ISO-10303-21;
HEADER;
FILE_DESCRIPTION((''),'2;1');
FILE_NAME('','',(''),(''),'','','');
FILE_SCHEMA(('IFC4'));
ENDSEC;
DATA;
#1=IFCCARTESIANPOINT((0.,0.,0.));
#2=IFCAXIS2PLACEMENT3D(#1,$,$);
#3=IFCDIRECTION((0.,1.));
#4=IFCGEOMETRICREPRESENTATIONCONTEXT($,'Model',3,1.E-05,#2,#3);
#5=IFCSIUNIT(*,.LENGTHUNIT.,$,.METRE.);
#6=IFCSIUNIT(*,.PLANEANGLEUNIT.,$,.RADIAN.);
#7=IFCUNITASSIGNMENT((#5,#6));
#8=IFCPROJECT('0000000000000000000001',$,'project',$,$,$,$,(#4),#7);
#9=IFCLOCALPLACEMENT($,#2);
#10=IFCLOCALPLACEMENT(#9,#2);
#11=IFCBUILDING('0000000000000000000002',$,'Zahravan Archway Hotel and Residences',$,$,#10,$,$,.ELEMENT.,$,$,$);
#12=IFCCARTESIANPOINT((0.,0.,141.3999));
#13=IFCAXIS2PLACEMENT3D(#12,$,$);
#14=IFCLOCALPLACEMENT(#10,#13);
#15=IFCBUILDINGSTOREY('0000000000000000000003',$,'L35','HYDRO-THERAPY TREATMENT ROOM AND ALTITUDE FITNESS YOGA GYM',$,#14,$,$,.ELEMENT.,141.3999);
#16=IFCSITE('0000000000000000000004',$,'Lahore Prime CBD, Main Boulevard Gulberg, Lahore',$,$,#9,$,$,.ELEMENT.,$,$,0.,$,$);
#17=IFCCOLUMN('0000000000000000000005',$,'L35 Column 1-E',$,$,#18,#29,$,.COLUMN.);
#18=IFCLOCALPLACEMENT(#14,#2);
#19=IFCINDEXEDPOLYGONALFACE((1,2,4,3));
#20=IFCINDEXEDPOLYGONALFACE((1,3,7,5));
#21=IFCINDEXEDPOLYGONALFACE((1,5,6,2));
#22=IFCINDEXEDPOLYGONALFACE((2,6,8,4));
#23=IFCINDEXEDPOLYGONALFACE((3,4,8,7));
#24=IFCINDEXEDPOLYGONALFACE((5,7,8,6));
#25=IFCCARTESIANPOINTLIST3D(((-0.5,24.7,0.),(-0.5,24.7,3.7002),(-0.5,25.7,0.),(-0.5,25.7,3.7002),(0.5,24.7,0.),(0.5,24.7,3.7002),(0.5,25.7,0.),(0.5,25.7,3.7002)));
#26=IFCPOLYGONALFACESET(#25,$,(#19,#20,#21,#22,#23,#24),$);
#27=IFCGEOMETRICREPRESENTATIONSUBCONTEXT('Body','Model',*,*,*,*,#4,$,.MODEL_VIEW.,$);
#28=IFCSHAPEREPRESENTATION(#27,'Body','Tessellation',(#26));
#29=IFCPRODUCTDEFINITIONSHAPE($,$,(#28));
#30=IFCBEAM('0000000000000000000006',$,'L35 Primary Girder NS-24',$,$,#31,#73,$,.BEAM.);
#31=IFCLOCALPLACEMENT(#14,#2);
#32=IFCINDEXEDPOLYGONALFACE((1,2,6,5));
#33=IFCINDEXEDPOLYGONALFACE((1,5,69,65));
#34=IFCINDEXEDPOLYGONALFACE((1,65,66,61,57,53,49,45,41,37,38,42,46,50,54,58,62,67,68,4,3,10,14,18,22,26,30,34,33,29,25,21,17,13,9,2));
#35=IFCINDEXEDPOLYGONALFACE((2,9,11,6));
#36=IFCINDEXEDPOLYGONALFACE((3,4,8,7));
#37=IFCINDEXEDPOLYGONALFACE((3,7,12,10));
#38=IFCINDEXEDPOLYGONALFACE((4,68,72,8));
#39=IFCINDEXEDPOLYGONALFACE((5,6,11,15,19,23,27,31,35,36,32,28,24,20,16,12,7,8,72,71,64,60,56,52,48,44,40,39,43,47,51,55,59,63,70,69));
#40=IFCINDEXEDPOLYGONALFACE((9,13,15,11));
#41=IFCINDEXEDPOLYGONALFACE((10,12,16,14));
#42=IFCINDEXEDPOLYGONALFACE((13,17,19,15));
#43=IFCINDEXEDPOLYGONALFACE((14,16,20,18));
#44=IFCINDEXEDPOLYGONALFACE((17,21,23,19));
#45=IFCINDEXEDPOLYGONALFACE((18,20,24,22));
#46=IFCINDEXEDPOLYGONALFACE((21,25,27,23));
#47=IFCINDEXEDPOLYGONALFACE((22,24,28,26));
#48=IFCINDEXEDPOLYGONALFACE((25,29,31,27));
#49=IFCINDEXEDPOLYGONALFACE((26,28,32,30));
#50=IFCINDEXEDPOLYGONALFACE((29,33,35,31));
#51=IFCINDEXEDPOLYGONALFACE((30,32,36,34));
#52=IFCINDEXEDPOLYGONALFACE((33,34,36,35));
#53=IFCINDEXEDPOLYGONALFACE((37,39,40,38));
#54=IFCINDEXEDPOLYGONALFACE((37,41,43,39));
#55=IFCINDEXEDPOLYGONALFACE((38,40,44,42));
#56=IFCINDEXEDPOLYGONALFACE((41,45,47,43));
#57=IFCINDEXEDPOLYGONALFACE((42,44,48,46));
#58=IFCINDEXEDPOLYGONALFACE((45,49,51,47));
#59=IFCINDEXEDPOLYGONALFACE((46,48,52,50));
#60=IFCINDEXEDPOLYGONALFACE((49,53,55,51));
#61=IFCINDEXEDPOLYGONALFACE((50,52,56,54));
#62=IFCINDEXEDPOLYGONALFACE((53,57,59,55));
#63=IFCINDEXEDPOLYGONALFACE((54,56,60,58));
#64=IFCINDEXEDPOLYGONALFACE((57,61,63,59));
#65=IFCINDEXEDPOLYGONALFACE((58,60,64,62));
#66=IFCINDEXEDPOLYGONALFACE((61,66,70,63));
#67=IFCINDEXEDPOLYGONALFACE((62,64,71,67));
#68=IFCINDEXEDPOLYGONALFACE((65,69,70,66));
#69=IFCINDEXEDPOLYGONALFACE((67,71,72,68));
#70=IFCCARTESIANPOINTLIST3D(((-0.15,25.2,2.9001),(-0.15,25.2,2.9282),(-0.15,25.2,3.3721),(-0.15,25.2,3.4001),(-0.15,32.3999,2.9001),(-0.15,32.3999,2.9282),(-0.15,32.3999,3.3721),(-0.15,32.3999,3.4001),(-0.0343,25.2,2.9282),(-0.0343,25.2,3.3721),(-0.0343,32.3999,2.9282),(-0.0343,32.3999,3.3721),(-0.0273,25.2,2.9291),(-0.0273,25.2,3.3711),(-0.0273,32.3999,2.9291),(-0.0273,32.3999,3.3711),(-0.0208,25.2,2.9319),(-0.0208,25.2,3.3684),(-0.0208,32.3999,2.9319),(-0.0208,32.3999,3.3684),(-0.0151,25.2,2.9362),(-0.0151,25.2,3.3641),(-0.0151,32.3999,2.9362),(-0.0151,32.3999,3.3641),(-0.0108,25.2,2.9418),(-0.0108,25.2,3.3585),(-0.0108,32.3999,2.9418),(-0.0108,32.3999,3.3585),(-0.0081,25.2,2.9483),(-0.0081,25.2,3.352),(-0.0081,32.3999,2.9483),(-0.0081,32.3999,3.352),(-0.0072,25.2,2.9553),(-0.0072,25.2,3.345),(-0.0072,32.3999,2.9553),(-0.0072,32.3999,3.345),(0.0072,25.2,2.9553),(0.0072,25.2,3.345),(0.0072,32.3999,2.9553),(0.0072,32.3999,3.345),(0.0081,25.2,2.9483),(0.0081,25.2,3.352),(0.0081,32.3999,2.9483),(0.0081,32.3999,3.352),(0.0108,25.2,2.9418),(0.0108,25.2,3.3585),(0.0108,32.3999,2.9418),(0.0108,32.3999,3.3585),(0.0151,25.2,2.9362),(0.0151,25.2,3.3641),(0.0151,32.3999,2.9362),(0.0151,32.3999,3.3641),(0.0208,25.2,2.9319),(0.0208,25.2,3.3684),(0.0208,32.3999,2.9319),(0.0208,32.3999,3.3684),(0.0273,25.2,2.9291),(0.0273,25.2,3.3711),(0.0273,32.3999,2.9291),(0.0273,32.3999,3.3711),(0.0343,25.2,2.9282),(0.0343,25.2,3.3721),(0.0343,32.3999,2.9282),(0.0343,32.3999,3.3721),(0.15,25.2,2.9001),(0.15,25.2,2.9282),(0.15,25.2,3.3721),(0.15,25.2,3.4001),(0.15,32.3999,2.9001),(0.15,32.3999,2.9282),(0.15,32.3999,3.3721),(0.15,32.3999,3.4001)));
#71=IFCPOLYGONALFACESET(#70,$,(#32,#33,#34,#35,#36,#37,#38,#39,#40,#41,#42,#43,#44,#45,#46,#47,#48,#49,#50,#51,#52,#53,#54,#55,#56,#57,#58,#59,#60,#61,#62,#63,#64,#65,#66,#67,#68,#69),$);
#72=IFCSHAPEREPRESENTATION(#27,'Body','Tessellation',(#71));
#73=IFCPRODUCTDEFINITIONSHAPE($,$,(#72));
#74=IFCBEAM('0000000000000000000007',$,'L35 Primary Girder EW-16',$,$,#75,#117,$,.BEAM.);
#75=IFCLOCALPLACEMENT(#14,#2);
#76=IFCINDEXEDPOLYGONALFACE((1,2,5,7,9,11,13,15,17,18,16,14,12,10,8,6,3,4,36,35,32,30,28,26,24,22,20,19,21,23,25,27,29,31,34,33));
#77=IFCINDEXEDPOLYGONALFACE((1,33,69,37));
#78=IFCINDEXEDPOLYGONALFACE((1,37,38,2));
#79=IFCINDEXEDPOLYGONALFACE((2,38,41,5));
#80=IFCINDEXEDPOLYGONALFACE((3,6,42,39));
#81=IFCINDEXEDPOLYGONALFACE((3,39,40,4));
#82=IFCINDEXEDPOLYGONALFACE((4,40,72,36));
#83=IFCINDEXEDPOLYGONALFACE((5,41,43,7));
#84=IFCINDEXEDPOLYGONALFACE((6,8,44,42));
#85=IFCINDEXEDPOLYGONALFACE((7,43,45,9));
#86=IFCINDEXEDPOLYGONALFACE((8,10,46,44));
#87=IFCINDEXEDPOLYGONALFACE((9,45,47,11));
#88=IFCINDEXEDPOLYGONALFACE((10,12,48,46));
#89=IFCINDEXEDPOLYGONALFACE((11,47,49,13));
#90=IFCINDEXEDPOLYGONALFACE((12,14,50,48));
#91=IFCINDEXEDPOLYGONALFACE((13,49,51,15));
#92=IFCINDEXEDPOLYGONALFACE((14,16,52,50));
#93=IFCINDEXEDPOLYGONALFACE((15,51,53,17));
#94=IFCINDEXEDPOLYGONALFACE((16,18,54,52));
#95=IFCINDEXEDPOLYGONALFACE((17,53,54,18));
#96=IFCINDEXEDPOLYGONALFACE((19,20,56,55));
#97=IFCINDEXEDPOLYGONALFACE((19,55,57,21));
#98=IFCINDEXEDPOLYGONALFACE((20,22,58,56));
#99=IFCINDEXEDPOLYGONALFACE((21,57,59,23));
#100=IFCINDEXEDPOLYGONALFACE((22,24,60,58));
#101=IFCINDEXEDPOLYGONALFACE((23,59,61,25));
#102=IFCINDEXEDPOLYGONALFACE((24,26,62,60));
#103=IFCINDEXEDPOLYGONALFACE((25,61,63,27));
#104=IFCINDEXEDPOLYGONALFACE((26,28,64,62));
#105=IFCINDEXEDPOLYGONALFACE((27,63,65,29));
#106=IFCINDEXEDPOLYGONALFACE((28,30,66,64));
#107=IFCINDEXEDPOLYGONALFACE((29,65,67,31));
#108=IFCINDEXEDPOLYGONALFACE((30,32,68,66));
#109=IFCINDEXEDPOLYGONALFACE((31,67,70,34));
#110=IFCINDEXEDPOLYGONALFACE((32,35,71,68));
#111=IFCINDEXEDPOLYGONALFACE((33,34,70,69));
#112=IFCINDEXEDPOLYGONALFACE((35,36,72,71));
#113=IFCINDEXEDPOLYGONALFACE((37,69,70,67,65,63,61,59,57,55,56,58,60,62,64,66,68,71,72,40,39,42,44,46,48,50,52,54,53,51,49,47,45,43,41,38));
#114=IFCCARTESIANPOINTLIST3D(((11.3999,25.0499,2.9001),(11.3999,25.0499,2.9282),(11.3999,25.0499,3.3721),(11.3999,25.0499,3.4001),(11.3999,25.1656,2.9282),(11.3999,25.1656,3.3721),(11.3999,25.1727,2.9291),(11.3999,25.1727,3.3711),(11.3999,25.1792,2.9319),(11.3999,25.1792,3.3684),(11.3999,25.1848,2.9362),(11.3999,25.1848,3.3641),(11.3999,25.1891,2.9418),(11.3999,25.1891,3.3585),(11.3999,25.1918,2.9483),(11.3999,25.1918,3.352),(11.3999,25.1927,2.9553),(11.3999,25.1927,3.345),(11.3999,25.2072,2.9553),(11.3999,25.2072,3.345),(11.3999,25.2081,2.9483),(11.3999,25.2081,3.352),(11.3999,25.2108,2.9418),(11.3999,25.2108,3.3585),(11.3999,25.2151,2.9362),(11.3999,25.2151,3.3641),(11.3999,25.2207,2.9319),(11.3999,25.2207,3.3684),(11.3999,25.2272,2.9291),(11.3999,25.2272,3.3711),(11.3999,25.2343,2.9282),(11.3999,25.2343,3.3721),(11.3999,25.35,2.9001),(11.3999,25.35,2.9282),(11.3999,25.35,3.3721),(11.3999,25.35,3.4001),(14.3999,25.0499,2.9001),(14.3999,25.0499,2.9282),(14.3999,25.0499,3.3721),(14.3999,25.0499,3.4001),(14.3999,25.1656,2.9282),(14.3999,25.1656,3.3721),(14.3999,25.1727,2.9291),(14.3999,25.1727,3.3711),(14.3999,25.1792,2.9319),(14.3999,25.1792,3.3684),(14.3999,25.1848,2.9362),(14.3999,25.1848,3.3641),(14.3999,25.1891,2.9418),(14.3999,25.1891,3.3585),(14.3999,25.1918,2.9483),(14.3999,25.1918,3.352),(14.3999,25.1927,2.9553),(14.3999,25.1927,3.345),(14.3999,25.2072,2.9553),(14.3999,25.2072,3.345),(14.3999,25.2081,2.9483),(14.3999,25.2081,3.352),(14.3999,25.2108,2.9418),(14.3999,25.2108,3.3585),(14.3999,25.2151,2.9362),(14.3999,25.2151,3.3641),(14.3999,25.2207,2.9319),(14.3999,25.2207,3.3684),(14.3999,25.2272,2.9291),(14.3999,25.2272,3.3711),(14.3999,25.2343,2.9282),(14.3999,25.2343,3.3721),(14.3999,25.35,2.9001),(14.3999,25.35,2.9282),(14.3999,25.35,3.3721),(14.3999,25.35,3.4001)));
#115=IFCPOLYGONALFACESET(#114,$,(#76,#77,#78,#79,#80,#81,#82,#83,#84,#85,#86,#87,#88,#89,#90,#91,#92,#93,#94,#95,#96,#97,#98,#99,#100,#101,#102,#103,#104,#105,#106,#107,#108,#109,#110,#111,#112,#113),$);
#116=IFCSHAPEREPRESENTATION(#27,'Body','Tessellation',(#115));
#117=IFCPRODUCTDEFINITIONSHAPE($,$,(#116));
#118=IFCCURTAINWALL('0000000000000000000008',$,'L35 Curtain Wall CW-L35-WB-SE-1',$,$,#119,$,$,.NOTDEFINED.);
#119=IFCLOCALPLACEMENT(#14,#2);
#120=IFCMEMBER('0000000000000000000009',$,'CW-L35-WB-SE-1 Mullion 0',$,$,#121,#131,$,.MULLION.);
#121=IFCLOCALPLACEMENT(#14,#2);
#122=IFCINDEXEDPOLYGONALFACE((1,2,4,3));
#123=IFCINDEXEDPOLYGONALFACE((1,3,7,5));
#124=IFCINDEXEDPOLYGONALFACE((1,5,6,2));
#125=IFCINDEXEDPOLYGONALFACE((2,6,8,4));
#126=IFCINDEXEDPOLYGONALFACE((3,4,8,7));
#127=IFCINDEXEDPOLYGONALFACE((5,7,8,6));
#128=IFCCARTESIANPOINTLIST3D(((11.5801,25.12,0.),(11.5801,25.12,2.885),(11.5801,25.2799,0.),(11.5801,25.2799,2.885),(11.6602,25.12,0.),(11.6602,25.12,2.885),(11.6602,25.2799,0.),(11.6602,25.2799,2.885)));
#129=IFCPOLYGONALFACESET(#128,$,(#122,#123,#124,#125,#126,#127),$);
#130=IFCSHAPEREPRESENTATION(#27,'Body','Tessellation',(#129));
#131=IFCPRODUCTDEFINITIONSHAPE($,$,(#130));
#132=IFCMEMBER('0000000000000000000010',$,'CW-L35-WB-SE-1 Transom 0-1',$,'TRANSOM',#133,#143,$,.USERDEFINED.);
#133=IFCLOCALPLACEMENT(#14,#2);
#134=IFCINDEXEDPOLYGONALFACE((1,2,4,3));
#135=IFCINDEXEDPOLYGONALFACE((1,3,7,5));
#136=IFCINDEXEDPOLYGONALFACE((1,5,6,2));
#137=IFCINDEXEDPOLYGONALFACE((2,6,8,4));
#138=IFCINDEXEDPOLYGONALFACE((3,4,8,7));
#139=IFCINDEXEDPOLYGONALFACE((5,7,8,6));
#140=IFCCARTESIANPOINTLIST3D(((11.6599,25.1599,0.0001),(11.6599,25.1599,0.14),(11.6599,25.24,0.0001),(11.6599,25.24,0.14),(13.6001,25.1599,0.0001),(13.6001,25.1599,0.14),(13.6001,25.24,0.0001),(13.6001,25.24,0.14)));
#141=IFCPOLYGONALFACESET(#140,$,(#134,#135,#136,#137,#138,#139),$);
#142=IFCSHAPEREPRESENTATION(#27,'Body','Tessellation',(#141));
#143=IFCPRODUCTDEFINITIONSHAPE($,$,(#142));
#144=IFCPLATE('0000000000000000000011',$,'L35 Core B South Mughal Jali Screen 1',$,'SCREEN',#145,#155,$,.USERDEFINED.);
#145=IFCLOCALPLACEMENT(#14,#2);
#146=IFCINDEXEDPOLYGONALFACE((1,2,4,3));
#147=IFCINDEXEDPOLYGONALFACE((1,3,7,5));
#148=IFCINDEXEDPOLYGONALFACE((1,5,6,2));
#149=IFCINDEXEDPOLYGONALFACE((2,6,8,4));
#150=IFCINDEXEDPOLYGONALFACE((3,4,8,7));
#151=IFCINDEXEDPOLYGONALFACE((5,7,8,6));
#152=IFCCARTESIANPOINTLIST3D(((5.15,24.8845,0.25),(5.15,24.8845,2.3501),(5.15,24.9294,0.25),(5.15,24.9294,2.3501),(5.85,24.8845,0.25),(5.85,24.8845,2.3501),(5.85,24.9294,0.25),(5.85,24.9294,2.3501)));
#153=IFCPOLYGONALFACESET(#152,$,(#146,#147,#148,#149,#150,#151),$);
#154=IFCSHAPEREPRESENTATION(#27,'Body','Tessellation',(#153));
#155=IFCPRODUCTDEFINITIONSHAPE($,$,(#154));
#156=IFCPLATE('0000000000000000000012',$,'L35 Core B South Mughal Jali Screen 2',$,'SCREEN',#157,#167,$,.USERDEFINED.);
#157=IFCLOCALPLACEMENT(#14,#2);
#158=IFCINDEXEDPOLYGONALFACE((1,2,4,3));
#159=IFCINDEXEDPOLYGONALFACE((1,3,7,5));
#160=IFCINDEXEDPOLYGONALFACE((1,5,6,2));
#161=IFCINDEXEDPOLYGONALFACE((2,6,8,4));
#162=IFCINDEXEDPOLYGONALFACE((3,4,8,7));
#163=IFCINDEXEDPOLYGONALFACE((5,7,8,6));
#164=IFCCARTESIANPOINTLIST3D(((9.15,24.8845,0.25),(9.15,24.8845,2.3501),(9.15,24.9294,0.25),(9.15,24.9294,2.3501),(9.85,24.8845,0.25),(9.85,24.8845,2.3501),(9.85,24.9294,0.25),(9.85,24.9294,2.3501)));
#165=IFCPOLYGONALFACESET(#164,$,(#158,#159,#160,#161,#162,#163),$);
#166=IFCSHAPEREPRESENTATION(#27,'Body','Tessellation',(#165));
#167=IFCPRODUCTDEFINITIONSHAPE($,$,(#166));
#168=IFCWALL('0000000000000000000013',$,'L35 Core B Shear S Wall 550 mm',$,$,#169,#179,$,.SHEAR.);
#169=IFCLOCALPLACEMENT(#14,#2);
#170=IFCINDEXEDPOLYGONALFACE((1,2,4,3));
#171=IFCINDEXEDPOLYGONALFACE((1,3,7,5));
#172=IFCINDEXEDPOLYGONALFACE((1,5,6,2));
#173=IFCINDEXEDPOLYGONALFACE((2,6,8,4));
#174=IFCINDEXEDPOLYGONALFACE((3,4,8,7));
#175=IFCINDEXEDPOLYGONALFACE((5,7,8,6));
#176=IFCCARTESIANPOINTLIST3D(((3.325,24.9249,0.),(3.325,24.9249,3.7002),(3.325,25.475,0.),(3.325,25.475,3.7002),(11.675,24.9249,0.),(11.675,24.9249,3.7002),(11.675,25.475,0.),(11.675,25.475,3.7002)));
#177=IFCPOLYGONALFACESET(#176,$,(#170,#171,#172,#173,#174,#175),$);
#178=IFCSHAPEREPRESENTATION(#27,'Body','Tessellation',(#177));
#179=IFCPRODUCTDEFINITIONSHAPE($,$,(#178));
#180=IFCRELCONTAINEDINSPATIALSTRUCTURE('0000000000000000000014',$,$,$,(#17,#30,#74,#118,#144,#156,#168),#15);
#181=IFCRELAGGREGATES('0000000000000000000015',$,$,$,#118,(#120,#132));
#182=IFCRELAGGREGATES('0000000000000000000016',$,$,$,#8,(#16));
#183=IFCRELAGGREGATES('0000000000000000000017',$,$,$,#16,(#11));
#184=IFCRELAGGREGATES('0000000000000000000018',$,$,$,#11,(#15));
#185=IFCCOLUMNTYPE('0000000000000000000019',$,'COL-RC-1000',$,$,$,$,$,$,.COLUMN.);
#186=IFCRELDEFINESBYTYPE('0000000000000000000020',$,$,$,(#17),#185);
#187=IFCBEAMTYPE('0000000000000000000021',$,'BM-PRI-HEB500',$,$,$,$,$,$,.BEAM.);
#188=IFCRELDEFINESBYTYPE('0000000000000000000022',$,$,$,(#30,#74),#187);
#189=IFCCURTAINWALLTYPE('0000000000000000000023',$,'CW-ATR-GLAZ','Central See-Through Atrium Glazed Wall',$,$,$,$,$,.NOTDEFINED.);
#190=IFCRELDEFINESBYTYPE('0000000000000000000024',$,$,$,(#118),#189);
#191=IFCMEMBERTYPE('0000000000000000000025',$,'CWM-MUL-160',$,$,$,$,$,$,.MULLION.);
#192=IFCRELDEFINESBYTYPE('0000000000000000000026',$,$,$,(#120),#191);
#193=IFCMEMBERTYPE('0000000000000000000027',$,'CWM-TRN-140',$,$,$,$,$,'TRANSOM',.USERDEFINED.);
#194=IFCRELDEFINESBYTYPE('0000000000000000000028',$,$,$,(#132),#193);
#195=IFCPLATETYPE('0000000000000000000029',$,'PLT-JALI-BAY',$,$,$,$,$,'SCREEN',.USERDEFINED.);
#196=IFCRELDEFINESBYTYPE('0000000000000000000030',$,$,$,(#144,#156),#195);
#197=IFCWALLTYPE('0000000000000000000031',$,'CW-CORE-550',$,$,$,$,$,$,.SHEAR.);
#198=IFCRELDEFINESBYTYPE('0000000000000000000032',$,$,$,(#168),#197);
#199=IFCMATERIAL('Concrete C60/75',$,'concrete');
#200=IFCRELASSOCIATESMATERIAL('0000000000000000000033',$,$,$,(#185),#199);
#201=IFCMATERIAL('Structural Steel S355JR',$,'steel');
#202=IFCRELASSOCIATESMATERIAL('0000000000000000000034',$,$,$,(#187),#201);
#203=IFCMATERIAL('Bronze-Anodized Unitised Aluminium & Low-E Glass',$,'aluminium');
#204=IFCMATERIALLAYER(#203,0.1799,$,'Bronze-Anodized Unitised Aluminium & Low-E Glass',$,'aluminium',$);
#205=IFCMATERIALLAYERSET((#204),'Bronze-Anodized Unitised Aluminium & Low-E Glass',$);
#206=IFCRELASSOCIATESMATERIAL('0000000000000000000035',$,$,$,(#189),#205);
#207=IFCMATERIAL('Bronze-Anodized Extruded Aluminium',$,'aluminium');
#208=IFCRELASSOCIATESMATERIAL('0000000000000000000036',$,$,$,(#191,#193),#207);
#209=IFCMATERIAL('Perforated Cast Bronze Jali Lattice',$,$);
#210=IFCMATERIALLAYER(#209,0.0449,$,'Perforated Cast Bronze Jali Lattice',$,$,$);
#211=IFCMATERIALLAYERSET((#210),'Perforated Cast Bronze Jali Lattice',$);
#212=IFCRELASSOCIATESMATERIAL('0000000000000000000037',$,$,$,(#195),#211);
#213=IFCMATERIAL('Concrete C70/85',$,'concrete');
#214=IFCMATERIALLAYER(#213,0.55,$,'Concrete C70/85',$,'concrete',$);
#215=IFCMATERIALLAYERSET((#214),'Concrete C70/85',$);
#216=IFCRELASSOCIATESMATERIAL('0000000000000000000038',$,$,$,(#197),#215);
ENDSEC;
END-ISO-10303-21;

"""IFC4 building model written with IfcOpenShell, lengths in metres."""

from ifc_helpers import new_model, si_unit, direction, frame, frame_2d, origin, origin_2d, place, context, subcontext, project, spatial, rectangle, i_section, extrude, source, transform, mapped, material, layer, layer_set, material_profile, profile_set, type_object, type_shapes, element, aggregate, save


model = new_model("IFC4")

# Units and contexts
model_context = context("Model", 3, precision=1e-05, world=origin(), true_north=direction((0.0, 1.0)))
body_context = subcontext(model_context, "Body", "Model", "MODEL_VIEW")
ifc_project = project(units=[si_unit("LENGTHUNIT", "METRE"), si_unit("PLANEANGLEUNIT", "RADIAN")], contexts=[model_context])

# Site, building, storey
site_placement = place(None, origin())
site = spatial("IfcSite", under=ifc_project, at=site_placement, Name="Lahore Prime CBD, Main Boulevard Gulberg, Lahore", CompositionType="ELEMENT", RefElevation=0.0)
building_placement = place(site_placement, origin())
building = spatial("IfcBuilding", under=site, at=building_placement, Name="Zahravan Archway Hotel and Residences", CompositionType="ELEMENT")
storey_placement = place(building_placement, frame((0.0, 0.0, 141.3999)))
storey = spatial("IfcBuildingStorey", under=building, at=storey_placement, Name="L35", Description="HYDRO-THERAPY TREATMENT ROOM AND ALTITUDE FITNESS YOGA GYM", CompositionType="ELEMENT", Elevation=141.3999)

# Column
ifc_material_1 = material(Name="Concrete C60/75", Category="concrete")
ifc_material_profile_1 = material_profile(ifc_material_1, rectangle(XDim=1.0, YDim=1.0, at=origin_2d()), Name="RC-COL-1000x1000", Category="concrete")
ifc_profile_set_1 = profile_set([ifc_material_profile_1], Name="Concrete C60/75")
column_type = type_object("IfcColumnType", Name="COL-RC-1000", PredefinedType="COLUMN", material=ifc_profile_set_1)
shared_shape_1 = source(origin(), body_context, "Body", "SweptSolid", [
    extrude(rectangle(XDim=1.0, YDim=1.0, at=origin_2d()), origin(), (0.0, 0.0, 1.0), 3.7002),
])
column_placement = place(storey_placement, frame((0.0, 25.2, 0.0), z_axis=(0.0, 0.0, 1.0), x_axis=(1.0, 0.0, 0.0)))
element("IfcColumn", 1, at=column_placement, inside=storey, type_object=column_type, Name="L35 Column 1-E", PredefinedType="COLUMN", context=body_context, shape_type="MappedRepresentation", body=[
    mapped(shared_shape_1, transform((0.0, 0.0, 0.0), scale=1.0)),
])

# Beams
ifc_material_2 = material(Name="Structural Steel S355JR", Category="steel")
ifc_material_profile_2 = material_profile(ifc_material_2, i_section(OverallWidth=0.3, OverallDepth=0.5, WebThickness=0.0144, FlangeThickness=0.0281, FilletRadius=0.0271, at=origin_2d()), Name="HEB 500", Category="steel")
ifc_profile_set_2 = profile_set([ifc_material_profile_2], Name="Structural Steel S355JR")
beam_type = type_object("IfcBeamType", Name="BM-PRI-HEB500", PredefinedType="BEAM", material=ifc_profile_set_2)
shared_shape_2 = source(origin(), body_context, "Body", "SweptSolid", [
    extrude(i_section(OverallWidth=0.3, OverallDepth=0.5, WebThickness=0.0144, FlangeThickness=0.0281, FilletRadius=0.0271, at=origin_2d()), origin(), (0.0, 0.0, 1.0), 7.2),
])
beam_1_placement = place(storey_placement, frame((0.0, 25.2, 3.1501), z_axis=(0.0, 1.0, 0.0), x_axis=(-1.0, 0.0, 0.0)))
element("IfcBeam", 2, at=beam_1_placement, inside=storey, type_object=beam_type, Name="L35 Primary Girder NS-24", PredefinedType="BEAM", context=body_context, shape_type="MappedRepresentation", body=[
    mapped(shared_shape_2, transform((0.0, 0.0, 0.0), scale=1.0)),
])
shared_shape_3 = source(origin(), body_context, "Body", "SweptSolid", [
    extrude(i_section(OverallWidth=0.3, OverallDepth=0.5, WebThickness=0.0144, FlangeThickness=0.0281, FilletRadius=0.0271, at=origin_2d()), origin(), (0.0, 0.0, 1.0), 3.0),
])
beam_2_placement = place(storey_placement, frame((11.3999, 25.2, 3.1501), z_axis=(1.0, 0.0, 0.0), x_axis=(0.0, 1.0, 0.0)))
element("IfcBeam", 3, at=beam_2_placement, inside=storey, type_object=beam_type, Name="L35 Primary Girder EW-16", PredefinedType="BEAM", context=body_context, shape_type="MappedRepresentation", body=[
    mapped(shared_shape_3, transform((0.0, 0.0, 0.0), scale=1.0)),
])

# Curtain wall, members
ifc_material_3 = material(Name="Bronze-Anodized Unitised Aluminium & Low-E Glass", Category="aluminium")
ifc_layer_1 = layer(ifc_material_3, 0.1799, Name="Bronze-Anodized Unitised Aluminium & Low-E Glass", Category="aluminium")
ifc_layer_set_1 = layer_set([ifc_layer_1], Name="Bronze-Anodized Unitised Aluminium & Low-E Glass")
curtain_wall_type = type_object("IfcCurtainWallType", Name="CW-ATR-GLAZ", Description="Central See-Through Atrium Glazed Wall", PredefinedType="NOTDEFINED", material=ifc_layer_set_1)
curtain_wall_placement = place(storey_placement, origin())
curtain_wall = element("IfcCurtainWall", 4, at=curtain_wall_placement, inside=storey, type_object=curtain_wall_type, Name="L35 Curtain Wall CW-L35-WB-SE-1", PredefinedType="NOTDEFINED")
ifc_material_4 = material(Name="Bronze-Anodized Extruded Aluminium", Category="aluminium")
ifc_material_profile_3 = material_profile(ifc_material_4, rectangle(XDim=0.0801, YDim=0.1599, at=origin_2d()), Name="MUL 80x160", Category="aluminium")
ifc_profile_set_3 = profile_set([ifc_material_profile_3], Name="Bronze-Anodized Extruded Aluminium")
member_type_1 = type_object("IfcMemberType", Name="CWM-MUL-160", PredefinedType="MULLION", material=ifc_profile_set_3)
shared_shape_4 = source(origin(), body_context, "Body", "SweptSolid", [
    extrude(rectangle(XDim=0.0801, YDim=0.1599, at=origin_2d()), origin(), (0.0, 0.0, 1.0), 2.885),
])
member_1_placement = place(storey_placement, frame((11.6201, 25.2, 0.0), z_axis=(0.0, 0.0, 1.0), x_axis=(1.0, 0.0, 0.0)))
member_1 = element("IfcMember", 5, at=member_1_placement, type_object=member_type_1, Name="CW-L35-WB-SE-1 Mullion 0", PredefinedType="MULLION", context=body_context, shape_type="MappedRepresentation", body=[
    mapped(shared_shape_4, transform((0.0, 0.0, 0.0), scale=1.0)),
])
ifc_material_profile_4 = material_profile(ifc_material_4, rectangle(XDim=0.0801, YDim=0.1399, at=origin_2d()), Name="TRN 80x140", Category="aluminium")
ifc_profile_set_4 = profile_set([ifc_material_profile_4], Name="Bronze-Anodized Extruded Aluminium")
member_type_2 = type_object("IfcMemberType", Name="CWM-TRN-140", ElementType="TRANSOM", PredefinedType="USERDEFINED", material=ifc_profile_set_4)
shared_shape_5 = source(origin(), body_context, "Body", "SweptSolid", [
    extrude(rectangle(XDim=0.0801, YDim=0.1399, at=origin_2d()), origin(), (0.0, 0.0, 1.0), 1.9402),
])
member_2_placement = place(storey_placement, frame((11.6599, 25.2, 0.0701), z_axis=(1.0, 0.0, 0.0), x_axis=(0.0, 1.0, 0.0)))
member_2 = element("IfcMember", 6, at=member_2_placement, type_object=member_type_2, Name="CW-L35-WB-SE-1 Transom 0-1", ObjectType="TRANSOM", PredefinedType="USERDEFINED", context=body_context, shape_type="MappedRepresentation", body=[
    mapped(shared_shape_5, transform((0.0, 0.0, 0.0), scale=1.0)),
])
aggregate(curtain_wall, [member_1, member_2])

# Plates
ifc_material_5 = material(Name="Perforated Cast Bronze Jali Lattice")
ifc_layer_2 = layer(ifc_material_5, 0.0449, Name="Perforated Cast Bronze Jali Lattice")
ifc_layer_set_2 = layer_set([ifc_layer_2], Name="Perforated Cast Bronze Jali Lattice")
plate_type = type_object("IfcPlateType", Name="PLT-JALI-BAY", ElementType="SCREEN", PredefinedType="USERDEFINED", material=ifc_layer_set_2)
shared_shape_6 = source(origin(), body_context, "Body", "SweptSolid", [
    extrude(rectangle(XDim=0.7, YDim=0.0449, at=origin_2d()), origin(), (0.0, 0.0, 1.0), 2.1001),
])
type_shapes(plate_type, [shared_shape_6])
for number, where, z_axis, x_axis, name in (
    (7, (5.5, 24.907, 0.25), (0.0, 0.0, 1.0), (1.0, 0.0, 0.0), "L35 Core B South Mughal Jali Screen 1"),
    (8, (9.5, 24.907, 0.25), (0.0, 0.0, 1.0), (1.0, 0.0, 0.0), "L35 Core B South Mughal Jali Screen 2"),
):
    element("IfcPlate", number, at=place(storey_placement, frame(where, z_axis=z_axis, x_axis=x_axis)), inside=storey, type_object=plate_type, Name=name, ObjectType="SCREEN", PredefinedType="USERDEFINED", context=body_context, shape_type="MappedRepresentation", body=[
        mapped(shared_shape_6, transform((0.0, 0.0, 0.0), scale=1.0)),
    ])

# Wall
ifc_material_6 = material(Name="Concrete C70/85", Category="concrete")
ifc_layer_3 = layer(ifc_material_6, 0.55, Name="Concrete C70/85", Category="concrete")
ifc_layer_set_3 = layer_set([ifc_layer_3], Name="Concrete C70/85")
wall_type_1 = type_object("IfcWallType", Name="CW-CORE-550", PredefinedType="SHEAR", material=ifc_layer_set_3)
wall_1_placement = place(storey_placement, frame((3.325, 25.2, 0.0), z_axis=(0.0, 0.0, 1.0), x_axis=(1.0, 0.0, 0.0)))
element("IfcWall", 9, at=wall_1_placement, inside=storey, type_object=wall_type_1, Name="L35 Core B Shear S Wall 550 mm", PredefinedType="SHEAR", context=body_context, shape_type="SweptSolid", body=[
    extrude(rectangle(XDim=8.3501, YDim=0.55, at=frame_2d((4.175, 0.0))), origin(), (0.0, 0.0, 1.0), 3.7002),
])

save(model, "model.ifc")
